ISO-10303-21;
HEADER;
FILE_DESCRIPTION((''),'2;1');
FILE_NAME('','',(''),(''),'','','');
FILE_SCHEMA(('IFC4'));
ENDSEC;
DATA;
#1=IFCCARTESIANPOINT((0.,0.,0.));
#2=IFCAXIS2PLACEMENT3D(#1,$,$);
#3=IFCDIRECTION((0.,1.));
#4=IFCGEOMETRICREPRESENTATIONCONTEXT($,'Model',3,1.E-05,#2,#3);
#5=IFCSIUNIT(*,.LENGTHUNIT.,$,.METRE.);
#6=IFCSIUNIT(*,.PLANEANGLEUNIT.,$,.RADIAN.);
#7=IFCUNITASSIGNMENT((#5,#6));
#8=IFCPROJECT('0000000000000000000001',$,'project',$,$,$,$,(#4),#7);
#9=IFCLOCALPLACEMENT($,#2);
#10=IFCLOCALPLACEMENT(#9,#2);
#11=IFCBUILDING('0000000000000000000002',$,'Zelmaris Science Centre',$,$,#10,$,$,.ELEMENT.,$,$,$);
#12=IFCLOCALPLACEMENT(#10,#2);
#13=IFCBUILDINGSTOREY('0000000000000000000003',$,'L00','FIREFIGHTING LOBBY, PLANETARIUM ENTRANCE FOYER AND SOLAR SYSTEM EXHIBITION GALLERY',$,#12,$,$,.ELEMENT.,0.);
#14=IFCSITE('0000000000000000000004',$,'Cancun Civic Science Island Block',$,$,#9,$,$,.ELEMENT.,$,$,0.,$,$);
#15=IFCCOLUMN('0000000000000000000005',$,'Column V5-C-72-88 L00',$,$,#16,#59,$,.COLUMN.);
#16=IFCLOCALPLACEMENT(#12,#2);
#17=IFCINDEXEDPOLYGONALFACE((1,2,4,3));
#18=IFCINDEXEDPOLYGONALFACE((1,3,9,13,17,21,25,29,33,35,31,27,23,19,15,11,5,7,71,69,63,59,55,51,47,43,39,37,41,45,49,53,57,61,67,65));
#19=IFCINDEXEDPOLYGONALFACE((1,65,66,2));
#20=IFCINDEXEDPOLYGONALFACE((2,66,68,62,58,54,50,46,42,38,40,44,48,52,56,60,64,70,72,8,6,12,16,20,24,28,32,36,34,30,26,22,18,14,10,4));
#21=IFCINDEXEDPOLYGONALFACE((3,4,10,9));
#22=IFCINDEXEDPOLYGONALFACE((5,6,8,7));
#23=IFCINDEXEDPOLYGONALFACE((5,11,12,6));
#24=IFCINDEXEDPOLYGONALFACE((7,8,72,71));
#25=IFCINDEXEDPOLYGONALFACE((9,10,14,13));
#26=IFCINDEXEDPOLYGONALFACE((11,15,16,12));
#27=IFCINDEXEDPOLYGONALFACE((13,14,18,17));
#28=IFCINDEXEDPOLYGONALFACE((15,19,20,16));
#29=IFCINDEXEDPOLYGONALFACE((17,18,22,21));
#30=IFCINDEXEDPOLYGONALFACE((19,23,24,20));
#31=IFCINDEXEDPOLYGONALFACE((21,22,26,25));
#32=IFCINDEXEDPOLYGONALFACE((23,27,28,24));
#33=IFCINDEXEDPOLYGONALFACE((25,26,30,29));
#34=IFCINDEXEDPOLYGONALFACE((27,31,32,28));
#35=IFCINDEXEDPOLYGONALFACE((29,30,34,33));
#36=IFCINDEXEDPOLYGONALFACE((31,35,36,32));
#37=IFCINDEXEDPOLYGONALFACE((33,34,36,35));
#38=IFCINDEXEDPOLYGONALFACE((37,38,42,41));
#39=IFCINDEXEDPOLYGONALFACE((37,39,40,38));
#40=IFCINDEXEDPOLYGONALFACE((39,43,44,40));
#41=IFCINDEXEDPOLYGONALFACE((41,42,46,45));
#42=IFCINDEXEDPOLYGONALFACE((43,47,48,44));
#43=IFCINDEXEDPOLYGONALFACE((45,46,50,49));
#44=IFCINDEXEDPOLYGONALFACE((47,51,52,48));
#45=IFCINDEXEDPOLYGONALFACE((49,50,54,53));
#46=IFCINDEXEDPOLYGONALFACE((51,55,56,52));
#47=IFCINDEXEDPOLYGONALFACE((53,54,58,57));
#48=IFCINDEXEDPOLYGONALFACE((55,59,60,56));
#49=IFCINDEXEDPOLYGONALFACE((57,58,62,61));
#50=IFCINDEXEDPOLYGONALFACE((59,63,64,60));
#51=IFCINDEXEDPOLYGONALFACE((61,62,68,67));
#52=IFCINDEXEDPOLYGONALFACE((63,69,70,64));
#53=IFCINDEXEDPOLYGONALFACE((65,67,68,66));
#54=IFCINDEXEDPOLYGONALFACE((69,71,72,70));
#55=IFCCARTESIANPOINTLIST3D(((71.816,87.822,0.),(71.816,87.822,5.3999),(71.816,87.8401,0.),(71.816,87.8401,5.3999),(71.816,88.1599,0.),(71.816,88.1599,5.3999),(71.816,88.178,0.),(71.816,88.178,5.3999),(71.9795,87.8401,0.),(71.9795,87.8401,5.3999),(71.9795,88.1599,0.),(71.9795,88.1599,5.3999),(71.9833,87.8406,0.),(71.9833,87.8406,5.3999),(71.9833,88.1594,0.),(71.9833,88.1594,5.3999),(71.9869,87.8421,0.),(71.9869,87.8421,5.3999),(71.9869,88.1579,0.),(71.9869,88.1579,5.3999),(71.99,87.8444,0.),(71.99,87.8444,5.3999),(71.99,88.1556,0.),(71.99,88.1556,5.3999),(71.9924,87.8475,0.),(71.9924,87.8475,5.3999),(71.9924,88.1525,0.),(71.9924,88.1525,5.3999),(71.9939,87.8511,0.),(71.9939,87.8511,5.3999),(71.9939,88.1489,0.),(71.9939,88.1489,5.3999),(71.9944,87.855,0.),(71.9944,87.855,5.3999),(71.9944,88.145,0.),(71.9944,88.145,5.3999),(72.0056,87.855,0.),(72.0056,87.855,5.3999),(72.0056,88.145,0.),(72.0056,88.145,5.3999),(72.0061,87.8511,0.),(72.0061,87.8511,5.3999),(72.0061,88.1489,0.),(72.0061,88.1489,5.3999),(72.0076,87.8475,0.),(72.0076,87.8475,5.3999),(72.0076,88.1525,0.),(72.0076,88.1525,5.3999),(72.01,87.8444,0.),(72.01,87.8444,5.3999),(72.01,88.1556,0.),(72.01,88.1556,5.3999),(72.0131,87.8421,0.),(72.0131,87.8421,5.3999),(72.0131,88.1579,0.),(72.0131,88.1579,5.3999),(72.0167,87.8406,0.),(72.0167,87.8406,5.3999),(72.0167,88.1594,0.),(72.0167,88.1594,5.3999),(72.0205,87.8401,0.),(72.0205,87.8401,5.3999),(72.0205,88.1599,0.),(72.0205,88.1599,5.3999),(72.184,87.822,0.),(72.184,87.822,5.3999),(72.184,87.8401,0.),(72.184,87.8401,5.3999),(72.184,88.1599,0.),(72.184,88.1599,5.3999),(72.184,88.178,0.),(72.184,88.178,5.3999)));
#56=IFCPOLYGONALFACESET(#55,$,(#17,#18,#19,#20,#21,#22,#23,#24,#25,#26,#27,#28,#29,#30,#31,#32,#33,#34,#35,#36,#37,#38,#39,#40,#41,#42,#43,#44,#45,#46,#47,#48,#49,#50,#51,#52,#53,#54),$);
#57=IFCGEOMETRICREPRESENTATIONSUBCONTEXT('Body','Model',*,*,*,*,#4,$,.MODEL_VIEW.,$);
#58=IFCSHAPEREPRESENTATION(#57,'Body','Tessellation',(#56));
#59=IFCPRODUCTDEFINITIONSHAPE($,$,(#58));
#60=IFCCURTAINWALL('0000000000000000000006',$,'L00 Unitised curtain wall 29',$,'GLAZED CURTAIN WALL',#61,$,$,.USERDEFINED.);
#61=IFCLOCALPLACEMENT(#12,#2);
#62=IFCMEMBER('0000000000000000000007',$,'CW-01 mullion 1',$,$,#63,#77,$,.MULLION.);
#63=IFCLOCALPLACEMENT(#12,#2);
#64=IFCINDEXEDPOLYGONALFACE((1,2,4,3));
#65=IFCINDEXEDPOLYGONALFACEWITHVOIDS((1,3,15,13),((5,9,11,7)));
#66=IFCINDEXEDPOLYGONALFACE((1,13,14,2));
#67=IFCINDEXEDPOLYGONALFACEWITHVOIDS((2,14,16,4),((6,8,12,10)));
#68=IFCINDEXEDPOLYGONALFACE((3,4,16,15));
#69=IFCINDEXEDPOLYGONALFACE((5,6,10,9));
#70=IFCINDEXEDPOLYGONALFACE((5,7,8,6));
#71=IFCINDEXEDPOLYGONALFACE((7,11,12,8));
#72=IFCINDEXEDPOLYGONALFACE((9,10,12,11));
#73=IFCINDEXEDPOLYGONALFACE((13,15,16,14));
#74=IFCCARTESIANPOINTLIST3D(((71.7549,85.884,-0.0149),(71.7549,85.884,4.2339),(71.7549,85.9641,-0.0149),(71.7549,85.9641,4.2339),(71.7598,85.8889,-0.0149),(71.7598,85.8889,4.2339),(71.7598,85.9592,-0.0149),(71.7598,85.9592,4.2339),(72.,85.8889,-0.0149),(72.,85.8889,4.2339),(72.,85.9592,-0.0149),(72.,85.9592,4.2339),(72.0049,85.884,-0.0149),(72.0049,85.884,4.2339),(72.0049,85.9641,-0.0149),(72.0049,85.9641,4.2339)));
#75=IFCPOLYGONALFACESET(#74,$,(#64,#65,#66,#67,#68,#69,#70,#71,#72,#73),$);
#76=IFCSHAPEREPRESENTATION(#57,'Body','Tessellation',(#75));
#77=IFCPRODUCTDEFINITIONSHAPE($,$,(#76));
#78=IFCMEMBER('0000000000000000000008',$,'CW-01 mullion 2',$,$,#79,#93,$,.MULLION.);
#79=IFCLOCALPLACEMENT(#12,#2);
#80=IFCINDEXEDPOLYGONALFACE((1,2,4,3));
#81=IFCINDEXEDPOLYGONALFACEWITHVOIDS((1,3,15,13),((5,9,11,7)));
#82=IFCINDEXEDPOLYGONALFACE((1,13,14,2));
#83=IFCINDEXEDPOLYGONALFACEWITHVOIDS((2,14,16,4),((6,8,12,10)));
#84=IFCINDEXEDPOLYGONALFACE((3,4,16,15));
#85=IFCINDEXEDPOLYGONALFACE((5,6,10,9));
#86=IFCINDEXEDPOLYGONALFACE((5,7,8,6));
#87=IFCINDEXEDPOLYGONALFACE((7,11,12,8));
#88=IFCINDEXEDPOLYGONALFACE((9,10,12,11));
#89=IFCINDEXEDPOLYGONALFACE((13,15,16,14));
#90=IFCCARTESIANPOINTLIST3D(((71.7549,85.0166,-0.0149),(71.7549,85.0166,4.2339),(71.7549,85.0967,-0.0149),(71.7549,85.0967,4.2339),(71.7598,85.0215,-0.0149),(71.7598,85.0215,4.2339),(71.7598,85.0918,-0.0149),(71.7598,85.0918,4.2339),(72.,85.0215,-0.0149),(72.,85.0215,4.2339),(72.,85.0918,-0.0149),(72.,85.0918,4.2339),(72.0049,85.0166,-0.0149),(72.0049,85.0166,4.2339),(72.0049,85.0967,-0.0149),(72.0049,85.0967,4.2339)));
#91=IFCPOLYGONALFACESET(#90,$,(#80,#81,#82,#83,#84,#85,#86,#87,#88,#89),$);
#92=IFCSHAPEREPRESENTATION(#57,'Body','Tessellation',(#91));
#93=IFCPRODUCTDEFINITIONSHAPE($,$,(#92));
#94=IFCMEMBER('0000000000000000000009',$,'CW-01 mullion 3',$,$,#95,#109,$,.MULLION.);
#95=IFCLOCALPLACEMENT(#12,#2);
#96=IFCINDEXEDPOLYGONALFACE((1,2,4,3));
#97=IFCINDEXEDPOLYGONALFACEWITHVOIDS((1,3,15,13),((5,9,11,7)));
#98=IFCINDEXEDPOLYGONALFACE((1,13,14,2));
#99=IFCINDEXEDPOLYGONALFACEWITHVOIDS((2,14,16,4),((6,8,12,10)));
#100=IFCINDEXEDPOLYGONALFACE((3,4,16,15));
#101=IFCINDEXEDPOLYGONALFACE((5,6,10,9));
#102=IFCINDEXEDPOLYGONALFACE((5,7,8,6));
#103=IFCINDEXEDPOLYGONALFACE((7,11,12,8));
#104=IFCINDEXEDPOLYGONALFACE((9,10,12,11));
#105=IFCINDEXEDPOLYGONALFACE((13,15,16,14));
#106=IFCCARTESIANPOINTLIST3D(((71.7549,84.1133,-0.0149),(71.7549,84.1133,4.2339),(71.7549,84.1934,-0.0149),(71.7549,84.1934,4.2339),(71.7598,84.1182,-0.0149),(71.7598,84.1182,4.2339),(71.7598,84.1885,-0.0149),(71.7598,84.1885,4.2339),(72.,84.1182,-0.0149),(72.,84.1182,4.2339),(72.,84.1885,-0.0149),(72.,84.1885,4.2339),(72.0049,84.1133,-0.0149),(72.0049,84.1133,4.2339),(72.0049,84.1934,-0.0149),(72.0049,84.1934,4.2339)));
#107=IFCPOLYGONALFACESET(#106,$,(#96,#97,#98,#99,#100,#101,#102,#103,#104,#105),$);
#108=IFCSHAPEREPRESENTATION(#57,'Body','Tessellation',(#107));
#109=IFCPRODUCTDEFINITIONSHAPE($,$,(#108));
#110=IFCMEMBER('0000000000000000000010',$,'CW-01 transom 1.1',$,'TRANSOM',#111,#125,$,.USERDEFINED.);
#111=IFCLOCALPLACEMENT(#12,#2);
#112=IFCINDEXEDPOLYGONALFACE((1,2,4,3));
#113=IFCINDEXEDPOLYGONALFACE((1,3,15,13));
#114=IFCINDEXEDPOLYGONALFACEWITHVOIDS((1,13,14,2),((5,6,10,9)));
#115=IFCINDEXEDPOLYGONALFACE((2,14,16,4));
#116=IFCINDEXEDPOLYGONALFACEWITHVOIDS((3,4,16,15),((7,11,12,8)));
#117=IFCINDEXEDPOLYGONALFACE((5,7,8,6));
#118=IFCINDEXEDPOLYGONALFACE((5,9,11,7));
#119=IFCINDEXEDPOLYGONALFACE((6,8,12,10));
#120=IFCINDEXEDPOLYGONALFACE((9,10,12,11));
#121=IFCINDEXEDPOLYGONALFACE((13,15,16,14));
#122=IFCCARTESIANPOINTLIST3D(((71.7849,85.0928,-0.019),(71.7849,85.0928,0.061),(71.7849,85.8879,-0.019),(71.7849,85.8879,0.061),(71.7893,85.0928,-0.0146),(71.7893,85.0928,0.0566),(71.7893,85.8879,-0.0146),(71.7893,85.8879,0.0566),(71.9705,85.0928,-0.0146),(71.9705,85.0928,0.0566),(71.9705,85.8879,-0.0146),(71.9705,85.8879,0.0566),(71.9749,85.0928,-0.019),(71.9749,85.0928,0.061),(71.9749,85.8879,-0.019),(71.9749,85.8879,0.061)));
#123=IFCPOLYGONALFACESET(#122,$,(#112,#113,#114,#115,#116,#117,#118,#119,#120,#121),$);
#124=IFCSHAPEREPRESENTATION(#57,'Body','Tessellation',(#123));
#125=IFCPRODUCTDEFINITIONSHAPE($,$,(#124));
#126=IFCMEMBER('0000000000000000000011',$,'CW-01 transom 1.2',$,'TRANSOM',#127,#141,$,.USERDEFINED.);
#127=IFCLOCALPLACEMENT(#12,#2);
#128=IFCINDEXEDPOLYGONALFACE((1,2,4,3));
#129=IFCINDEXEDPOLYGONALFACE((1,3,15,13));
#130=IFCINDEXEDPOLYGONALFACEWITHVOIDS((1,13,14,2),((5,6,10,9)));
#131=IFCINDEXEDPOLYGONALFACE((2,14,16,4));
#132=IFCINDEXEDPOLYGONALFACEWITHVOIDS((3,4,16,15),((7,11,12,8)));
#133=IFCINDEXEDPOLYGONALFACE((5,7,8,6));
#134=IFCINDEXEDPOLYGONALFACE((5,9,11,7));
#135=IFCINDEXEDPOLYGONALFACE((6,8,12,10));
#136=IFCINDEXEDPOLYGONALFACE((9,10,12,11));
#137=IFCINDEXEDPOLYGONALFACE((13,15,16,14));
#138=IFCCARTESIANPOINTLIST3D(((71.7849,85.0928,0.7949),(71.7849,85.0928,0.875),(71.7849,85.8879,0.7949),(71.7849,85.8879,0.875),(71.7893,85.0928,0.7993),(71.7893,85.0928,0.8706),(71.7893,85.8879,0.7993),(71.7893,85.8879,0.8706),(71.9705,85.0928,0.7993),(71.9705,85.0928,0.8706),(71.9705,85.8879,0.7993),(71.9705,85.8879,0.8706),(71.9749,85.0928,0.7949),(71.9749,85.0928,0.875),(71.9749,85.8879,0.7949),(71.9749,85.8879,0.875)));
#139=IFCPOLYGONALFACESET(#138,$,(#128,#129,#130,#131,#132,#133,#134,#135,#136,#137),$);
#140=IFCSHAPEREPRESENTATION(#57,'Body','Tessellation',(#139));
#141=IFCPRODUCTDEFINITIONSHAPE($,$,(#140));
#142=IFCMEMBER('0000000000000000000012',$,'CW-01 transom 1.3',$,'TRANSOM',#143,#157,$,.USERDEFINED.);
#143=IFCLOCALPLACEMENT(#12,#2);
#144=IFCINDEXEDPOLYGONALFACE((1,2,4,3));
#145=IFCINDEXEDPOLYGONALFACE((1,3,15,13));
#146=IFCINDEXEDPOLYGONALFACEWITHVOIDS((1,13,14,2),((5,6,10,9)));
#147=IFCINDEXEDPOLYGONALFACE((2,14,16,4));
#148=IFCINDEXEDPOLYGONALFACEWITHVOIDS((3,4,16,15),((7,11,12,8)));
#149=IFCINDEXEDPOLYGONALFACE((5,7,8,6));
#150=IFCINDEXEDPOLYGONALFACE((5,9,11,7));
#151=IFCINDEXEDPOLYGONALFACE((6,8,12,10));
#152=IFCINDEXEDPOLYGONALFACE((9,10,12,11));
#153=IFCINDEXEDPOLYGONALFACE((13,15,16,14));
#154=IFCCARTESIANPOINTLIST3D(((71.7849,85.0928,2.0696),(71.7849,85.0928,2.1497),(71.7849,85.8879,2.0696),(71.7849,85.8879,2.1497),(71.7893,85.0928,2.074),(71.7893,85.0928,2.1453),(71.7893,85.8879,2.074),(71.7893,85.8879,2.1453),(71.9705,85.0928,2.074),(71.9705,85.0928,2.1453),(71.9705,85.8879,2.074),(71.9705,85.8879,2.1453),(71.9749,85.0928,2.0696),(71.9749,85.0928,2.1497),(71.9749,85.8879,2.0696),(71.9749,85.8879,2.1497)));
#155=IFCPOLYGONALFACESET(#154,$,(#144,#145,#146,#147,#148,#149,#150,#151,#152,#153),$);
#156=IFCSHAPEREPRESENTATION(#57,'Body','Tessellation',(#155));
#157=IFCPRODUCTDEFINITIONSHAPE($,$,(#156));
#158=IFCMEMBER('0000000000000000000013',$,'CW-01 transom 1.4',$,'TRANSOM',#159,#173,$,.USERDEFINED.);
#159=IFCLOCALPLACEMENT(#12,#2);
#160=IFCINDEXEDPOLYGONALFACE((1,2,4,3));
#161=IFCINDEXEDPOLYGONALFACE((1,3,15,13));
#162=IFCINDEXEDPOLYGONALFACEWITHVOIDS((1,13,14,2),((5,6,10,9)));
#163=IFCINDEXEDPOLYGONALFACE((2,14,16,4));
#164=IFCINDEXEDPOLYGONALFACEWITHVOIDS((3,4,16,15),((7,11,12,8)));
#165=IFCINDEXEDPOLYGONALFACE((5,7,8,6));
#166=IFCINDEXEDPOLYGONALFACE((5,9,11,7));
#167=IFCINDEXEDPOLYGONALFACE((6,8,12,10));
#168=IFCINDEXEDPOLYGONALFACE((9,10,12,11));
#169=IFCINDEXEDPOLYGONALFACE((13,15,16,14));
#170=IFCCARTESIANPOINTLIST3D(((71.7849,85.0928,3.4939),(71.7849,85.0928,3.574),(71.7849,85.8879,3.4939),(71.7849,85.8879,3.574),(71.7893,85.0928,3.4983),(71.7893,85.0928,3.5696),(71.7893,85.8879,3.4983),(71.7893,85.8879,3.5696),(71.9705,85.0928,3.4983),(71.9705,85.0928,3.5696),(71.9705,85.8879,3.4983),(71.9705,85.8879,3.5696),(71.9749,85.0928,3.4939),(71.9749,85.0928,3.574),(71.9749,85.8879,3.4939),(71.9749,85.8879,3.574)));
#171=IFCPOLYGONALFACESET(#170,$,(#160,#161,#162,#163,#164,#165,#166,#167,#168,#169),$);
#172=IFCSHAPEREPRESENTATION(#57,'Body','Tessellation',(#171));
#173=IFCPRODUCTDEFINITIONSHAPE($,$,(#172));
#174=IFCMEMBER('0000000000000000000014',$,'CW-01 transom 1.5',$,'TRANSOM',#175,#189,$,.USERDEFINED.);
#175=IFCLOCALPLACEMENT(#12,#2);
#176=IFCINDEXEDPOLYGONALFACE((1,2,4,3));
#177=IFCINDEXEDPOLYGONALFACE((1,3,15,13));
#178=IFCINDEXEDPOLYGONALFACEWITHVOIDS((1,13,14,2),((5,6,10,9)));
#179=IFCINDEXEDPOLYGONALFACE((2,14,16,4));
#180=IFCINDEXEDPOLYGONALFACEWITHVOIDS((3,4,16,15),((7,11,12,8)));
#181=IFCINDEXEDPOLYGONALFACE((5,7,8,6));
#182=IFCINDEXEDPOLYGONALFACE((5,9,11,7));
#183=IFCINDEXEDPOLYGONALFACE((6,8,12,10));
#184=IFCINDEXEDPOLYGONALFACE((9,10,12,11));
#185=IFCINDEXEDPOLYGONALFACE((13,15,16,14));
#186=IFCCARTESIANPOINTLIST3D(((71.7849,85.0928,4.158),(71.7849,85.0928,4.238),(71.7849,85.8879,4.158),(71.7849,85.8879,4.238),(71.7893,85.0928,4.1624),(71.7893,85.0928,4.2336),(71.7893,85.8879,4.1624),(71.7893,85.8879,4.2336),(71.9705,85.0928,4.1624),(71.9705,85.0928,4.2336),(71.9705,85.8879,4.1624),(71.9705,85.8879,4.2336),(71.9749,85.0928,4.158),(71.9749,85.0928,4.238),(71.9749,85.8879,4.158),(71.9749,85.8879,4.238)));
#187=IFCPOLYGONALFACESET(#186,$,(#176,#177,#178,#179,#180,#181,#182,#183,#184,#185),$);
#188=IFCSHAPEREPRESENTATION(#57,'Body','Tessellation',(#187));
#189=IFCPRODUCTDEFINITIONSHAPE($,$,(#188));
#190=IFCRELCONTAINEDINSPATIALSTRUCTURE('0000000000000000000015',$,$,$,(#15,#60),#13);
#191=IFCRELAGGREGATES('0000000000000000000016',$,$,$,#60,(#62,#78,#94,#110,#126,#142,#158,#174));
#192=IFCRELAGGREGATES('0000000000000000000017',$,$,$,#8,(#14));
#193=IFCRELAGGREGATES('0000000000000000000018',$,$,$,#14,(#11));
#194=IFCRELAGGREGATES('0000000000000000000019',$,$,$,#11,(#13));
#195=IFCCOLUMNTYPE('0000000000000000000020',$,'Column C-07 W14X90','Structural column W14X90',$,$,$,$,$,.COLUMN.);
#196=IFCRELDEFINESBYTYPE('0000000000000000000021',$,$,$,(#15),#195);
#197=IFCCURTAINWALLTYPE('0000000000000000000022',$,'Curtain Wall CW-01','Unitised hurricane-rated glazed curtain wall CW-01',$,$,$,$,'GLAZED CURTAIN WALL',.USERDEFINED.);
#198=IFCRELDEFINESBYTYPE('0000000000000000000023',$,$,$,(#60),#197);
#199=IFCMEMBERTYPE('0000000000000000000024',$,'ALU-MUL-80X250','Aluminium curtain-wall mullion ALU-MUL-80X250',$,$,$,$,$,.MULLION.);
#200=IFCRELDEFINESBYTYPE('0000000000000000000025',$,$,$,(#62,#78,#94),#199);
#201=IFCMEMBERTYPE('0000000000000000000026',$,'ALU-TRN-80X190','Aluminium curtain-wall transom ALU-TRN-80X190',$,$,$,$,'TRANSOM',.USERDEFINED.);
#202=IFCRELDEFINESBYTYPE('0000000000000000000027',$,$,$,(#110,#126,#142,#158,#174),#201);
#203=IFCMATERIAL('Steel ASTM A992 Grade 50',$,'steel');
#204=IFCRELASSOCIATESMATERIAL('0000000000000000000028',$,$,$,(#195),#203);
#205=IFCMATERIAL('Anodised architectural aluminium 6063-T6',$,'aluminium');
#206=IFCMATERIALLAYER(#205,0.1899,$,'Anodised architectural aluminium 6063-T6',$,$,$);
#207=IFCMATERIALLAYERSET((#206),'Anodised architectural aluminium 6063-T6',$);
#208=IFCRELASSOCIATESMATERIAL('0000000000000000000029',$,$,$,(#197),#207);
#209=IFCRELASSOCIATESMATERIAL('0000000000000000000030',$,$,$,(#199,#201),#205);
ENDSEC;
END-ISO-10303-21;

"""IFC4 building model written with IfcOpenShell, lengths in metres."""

from ifc_helpers import new_model, si_unit, direction, frame, origin, origin_2d, place, context, subcontext, project, spatial, hollow_rectangle, i_section, extrude, material, layer, layer_set, material_profile, profile_set, type_object, element, aggregate, save


model = new_model("IFC4")

# Units and contexts
model_context = context("Model", 3, precision=1e-05, world=origin(), true_north=direction((0.0, 1.0)))
body_context = subcontext(model_context, "Body", "Model", "MODEL_VIEW")
ifc_project = project(units=[si_unit("LENGTHUNIT", "METRE"), si_unit("PLANEANGLEUNIT", "RADIAN")], contexts=[model_context])

# Site, building, storey
site_placement = place(None, origin())
site = spatial("IfcSite", under=ifc_project, at=site_placement, Name="Cancun Civic Science Island Block", CompositionType="ELEMENT", RefElevation=0.0)
building_placement = place(site_placement, origin())
building = spatial("IfcBuilding", under=site, at=building_placement, Name="Zelmaris Science Centre", CompositionType="ELEMENT")
storey_placement = place(building_placement, origin())
storey = spatial("IfcBuildingStorey", under=building, at=storey_placement, Name="L00", Description="FIREFIGHTING LOBBY, PLANETARIUM ENTRANCE FOYER AND SOLAR SYSTEM EXHIBITION GALLERY", CompositionType="ELEMENT", Elevation=0.0)

# Column
ifc_material_1 = material(Name="Steel ASTM A992 Grade 50", Category="steel")
ifc_material_profile_1 = material_profile(ifc_material_1, i_section(OverallWidth=0.3679, OverallDepth=0.356, WebThickness=0.0112, FlangeThickness=0.0181, FilletRadius=0.0149, at=origin_2d()), Name="W14X90")
ifc_profile_set_1 = profile_set([ifc_material_profile_1], Name="Steel ASTM A992 Grade 50")
column_type = type_object("IfcColumnType", Name="Column C-07 W14X90", Description="Structural column W14X90", PredefinedType="COLUMN", material=ifc_profile_set_1)
column_placement = place(storey_placement, frame((72.0, 88.0, 0.0), z_axis=(0.0, 0.0, 1.0), x_axis=(1.0, 0.0, 0.0)))
element("IfcColumn", 1, at=column_placement, inside=storey, type_object=column_type, Name="Column V5-C-72-88 L00", PredefinedType="COLUMN", context=body_context, shape_type="SweptSolid", body=[
    extrude(i_section(OverallWidth=0.3679, OverallDepth=0.356, WebThickness=0.0112, FlangeThickness=0.0181, FilletRadius=0.0149, at=origin_2d()), origin(), (0.0, 0.0, 1.0), 5.3999),
])

# Curtain wall, members
ifc_material_2 = material(Name="Anodised architectural aluminium 6063-T6", Category="aluminium")
ifc_layer_1 = layer(ifc_material_2, 0.1899, Name="Anodised architectural aluminium 6063-T6")
ifc_layer_set_1 = layer_set([ifc_layer_1], Name="Anodised architectural aluminium 6063-T6")
curtain_wall_type = type_object("IfcCurtainWallType", Name="Curtain Wall CW-01", Description="Unitised hurricane-rated glazed curtain wall CW-01", ElementType="GLAZED CURTAIN WALL", PredefinedType="USERDEFINED", material=ifc_layer_set_1)
curtain_wall_placement = place(storey_placement, origin())
curtain_wall = element("IfcCurtainWall", 2, at=curtain_wall_placement, inside=storey, type_object=curtain_wall_type, Name="L00 Unitised curtain wall 29", ObjectType="GLAZED CURTAIN WALL", PredefinedType="USERDEFINED")
ifc_material_profile_2 = material_profile(ifc_material_2, hollow_rectangle(XDim=0.0801, YDim=0.25, WallThickness=0.0049, at=origin_2d()), Name="ALU-MUL-80X250")
ifc_profile_set_2 = profile_set([ifc_material_profile_2], Name="Anodised architectural aluminium 6063-T6")
member_type_1 = type_object("IfcMemberType", Name="ALU-MUL-80X250", Description="Aluminium curtain-wall mullion ALU-MUL-80X250", PredefinedType="MULLION", material=ifc_profile_set_2)
member_1_placement = place(storey_placement, frame((71.8799, 85.9241, -0.0149), z_axis=(0.0, 0.0, 1.0), x_axis=(0.0, -1.0, 0.0)))
member_1 = element("IfcMember", 3, at=member_1_placement, type_object=member_type_1, Name="CW-01 mullion 1", PredefinedType="MULLION", context=body_context, shape_type="SweptSolid", body=[
    extrude(hollow_rectangle(XDim=0.0801, YDim=0.25, WallThickness=0.0049, at=origin_2d()), origin(), (0.0, 0.0, 1.0), 4.2488),
])
member_2_placement = place(storey_placement, frame((71.8799, 85.0566, -0.0149), z_axis=(0.0, 0.0, 1.0), x_axis=(0.0, -1.0, 0.0)))
member_2 = element("IfcMember", 4, at=member_2_placement, type_object=member_type_1, Name="CW-01 mullion 2", PredefinedType="MULLION", context=body_context, shape_type="SweptSolid", body=[
    extrude(hollow_rectangle(XDim=0.0801, YDim=0.25, WallThickness=0.0049, at=origin_2d()), origin(), (0.0, 0.0, 1.0), 4.2488),
])
member_3_placement = place(storey_placement, frame((71.8799, 84.1533, -0.0149), z_axis=(0.0, 0.0, 1.0), x_axis=(0.0, -1.0, 0.0)))
member_3 = element("IfcMember", 5, at=member_3_placement, type_object=member_type_1, Name="CW-01 mullion 3", PredefinedType="MULLION", context=body_context, shape_type="SweptSolid", body=[
    extrude(hollow_rectangle(XDim=0.0801, YDim=0.25, WallThickness=0.0049, at=origin_2d()), origin(), (0.0, 0.0, 1.0), 4.2488),
])
ifc_material_profile_3 = material_profile(ifc_material_2, hollow_rectangle(XDim=0.0801, YDim=0.1899, WallThickness=0.0044, at=origin_2d()), Name="ALU-TRN-80X190")
ifc_profile_set_3 = profile_set([ifc_material_profile_3], Name="Anodised architectural aluminium 6063-T6")
member_type_2 = type_object("IfcMemberType", Name="ALU-TRN-80X190", Description="Aluminium curtain-wall transom ALU-TRN-80X190", ElementType="TRANSOM", PredefinedType="USERDEFINED", material=ifc_profile_set_3)
member_4_placement = place(storey_placement, frame((71.8799, 85.8879, 0.021), z_axis=(0.0, -1.0, 0.0), x_axis=(0.0, 0.0, 1.0)))
member_4 = element("IfcMember", 6, at=member_4_placement, type_object=member_type_2, Name="CW-01 transom 1.1", ObjectType="TRANSOM", PredefinedType="USERDEFINED", context=body_context, shape_type="SweptSolid", body=[
    extrude(hollow_rectangle(XDim=0.0801, YDim=0.1899, WallThickness=0.0044, at=origin_2d()), origin(), (0.0, 0.0, 1.0), 0.7952),
])
member_5_placement = place(storey_placement, frame((71.8799, 85.8879, 0.835), z_axis=(0.0, -1.0, 0.0), x_axis=(0.0, 0.0, 1.0)))
member_5 = element("IfcMember", 7, at=member_5_placement, type_object=member_type_2, Name="CW-01 transom 1.2", ObjectType="TRANSOM", PredefinedType="USERDEFINED", context=body_context, shape_type="SweptSolid", body=[
    extrude(hollow_rectangle(XDim=0.0801, YDim=0.1899, WallThickness=0.0044, at=origin_2d()), origin(), (0.0, 0.0, 1.0), 0.7952),
])
member_6_placement = place(storey_placement, frame((71.8799, 85.8879, 2.1096), z_axis=(0.0, -1.0, 0.0), x_axis=(0.0, 0.0, 1.0)))
member_6 = element("IfcMember", 8, at=member_6_placement, type_object=member_type_2, Name="CW-01 transom 1.3", ObjectType="TRANSOM", PredefinedType="USERDEFINED", context=body_context, shape_type="SweptSolid", body=[
    extrude(hollow_rectangle(XDim=0.0801, YDim=0.1899, WallThickness=0.0044, at=origin_2d()), origin(), (0.0, 0.0, 1.0), 0.7952),
])
member_7_placement = place(storey_placement, frame((71.8799, 85.8879, 3.5339), z_axis=(0.0, -1.0, 0.0), x_axis=(0.0, 0.0, 1.0)))
member_7 = element("IfcMember", 9, at=member_7_placement, type_object=member_type_2, Name="CW-01 transom 1.4", ObjectType="TRANSOM", PredefinedType="USERDEFINED", context=body_context, shape_type="SweptSolid", body=[
    extrude(hollow_rectangle(XDim=0.0801, YDim=0.1899, WallThickness=0.0044, at=origin_2d()), origin(), (0.0, 0.0, 1.0), 0.7952),
])
member_8_placement = place(storey_placement, frame((71.8799, 85.8879, 4.198), z_axis=(0.0, -1.0, 0.0), x_axis=(0.0, 0.0, 1.0)))
member_8 = element("IfcMember", 10, at=member_8_placement, type_object=member_type_2, Name="CW-01 transom 1.5", ObjectType="TRANSOM", PredefinedType="USERDEFINED", context=body_context, shape_type="SweptSolid", body=[
    extrude(hollow_rectangle(XDim=0.0801, YDim=0.1899, WallThickness=0.0044, at=origin_2d()), origin(), (0.0, 0.0, 1.0), 0.7952),
])

aggregate(curtain_wall, [member_1, member_2, member_3, member_4, member_5, member_6, member_7, member_8])

save(model, "model.ifc")
